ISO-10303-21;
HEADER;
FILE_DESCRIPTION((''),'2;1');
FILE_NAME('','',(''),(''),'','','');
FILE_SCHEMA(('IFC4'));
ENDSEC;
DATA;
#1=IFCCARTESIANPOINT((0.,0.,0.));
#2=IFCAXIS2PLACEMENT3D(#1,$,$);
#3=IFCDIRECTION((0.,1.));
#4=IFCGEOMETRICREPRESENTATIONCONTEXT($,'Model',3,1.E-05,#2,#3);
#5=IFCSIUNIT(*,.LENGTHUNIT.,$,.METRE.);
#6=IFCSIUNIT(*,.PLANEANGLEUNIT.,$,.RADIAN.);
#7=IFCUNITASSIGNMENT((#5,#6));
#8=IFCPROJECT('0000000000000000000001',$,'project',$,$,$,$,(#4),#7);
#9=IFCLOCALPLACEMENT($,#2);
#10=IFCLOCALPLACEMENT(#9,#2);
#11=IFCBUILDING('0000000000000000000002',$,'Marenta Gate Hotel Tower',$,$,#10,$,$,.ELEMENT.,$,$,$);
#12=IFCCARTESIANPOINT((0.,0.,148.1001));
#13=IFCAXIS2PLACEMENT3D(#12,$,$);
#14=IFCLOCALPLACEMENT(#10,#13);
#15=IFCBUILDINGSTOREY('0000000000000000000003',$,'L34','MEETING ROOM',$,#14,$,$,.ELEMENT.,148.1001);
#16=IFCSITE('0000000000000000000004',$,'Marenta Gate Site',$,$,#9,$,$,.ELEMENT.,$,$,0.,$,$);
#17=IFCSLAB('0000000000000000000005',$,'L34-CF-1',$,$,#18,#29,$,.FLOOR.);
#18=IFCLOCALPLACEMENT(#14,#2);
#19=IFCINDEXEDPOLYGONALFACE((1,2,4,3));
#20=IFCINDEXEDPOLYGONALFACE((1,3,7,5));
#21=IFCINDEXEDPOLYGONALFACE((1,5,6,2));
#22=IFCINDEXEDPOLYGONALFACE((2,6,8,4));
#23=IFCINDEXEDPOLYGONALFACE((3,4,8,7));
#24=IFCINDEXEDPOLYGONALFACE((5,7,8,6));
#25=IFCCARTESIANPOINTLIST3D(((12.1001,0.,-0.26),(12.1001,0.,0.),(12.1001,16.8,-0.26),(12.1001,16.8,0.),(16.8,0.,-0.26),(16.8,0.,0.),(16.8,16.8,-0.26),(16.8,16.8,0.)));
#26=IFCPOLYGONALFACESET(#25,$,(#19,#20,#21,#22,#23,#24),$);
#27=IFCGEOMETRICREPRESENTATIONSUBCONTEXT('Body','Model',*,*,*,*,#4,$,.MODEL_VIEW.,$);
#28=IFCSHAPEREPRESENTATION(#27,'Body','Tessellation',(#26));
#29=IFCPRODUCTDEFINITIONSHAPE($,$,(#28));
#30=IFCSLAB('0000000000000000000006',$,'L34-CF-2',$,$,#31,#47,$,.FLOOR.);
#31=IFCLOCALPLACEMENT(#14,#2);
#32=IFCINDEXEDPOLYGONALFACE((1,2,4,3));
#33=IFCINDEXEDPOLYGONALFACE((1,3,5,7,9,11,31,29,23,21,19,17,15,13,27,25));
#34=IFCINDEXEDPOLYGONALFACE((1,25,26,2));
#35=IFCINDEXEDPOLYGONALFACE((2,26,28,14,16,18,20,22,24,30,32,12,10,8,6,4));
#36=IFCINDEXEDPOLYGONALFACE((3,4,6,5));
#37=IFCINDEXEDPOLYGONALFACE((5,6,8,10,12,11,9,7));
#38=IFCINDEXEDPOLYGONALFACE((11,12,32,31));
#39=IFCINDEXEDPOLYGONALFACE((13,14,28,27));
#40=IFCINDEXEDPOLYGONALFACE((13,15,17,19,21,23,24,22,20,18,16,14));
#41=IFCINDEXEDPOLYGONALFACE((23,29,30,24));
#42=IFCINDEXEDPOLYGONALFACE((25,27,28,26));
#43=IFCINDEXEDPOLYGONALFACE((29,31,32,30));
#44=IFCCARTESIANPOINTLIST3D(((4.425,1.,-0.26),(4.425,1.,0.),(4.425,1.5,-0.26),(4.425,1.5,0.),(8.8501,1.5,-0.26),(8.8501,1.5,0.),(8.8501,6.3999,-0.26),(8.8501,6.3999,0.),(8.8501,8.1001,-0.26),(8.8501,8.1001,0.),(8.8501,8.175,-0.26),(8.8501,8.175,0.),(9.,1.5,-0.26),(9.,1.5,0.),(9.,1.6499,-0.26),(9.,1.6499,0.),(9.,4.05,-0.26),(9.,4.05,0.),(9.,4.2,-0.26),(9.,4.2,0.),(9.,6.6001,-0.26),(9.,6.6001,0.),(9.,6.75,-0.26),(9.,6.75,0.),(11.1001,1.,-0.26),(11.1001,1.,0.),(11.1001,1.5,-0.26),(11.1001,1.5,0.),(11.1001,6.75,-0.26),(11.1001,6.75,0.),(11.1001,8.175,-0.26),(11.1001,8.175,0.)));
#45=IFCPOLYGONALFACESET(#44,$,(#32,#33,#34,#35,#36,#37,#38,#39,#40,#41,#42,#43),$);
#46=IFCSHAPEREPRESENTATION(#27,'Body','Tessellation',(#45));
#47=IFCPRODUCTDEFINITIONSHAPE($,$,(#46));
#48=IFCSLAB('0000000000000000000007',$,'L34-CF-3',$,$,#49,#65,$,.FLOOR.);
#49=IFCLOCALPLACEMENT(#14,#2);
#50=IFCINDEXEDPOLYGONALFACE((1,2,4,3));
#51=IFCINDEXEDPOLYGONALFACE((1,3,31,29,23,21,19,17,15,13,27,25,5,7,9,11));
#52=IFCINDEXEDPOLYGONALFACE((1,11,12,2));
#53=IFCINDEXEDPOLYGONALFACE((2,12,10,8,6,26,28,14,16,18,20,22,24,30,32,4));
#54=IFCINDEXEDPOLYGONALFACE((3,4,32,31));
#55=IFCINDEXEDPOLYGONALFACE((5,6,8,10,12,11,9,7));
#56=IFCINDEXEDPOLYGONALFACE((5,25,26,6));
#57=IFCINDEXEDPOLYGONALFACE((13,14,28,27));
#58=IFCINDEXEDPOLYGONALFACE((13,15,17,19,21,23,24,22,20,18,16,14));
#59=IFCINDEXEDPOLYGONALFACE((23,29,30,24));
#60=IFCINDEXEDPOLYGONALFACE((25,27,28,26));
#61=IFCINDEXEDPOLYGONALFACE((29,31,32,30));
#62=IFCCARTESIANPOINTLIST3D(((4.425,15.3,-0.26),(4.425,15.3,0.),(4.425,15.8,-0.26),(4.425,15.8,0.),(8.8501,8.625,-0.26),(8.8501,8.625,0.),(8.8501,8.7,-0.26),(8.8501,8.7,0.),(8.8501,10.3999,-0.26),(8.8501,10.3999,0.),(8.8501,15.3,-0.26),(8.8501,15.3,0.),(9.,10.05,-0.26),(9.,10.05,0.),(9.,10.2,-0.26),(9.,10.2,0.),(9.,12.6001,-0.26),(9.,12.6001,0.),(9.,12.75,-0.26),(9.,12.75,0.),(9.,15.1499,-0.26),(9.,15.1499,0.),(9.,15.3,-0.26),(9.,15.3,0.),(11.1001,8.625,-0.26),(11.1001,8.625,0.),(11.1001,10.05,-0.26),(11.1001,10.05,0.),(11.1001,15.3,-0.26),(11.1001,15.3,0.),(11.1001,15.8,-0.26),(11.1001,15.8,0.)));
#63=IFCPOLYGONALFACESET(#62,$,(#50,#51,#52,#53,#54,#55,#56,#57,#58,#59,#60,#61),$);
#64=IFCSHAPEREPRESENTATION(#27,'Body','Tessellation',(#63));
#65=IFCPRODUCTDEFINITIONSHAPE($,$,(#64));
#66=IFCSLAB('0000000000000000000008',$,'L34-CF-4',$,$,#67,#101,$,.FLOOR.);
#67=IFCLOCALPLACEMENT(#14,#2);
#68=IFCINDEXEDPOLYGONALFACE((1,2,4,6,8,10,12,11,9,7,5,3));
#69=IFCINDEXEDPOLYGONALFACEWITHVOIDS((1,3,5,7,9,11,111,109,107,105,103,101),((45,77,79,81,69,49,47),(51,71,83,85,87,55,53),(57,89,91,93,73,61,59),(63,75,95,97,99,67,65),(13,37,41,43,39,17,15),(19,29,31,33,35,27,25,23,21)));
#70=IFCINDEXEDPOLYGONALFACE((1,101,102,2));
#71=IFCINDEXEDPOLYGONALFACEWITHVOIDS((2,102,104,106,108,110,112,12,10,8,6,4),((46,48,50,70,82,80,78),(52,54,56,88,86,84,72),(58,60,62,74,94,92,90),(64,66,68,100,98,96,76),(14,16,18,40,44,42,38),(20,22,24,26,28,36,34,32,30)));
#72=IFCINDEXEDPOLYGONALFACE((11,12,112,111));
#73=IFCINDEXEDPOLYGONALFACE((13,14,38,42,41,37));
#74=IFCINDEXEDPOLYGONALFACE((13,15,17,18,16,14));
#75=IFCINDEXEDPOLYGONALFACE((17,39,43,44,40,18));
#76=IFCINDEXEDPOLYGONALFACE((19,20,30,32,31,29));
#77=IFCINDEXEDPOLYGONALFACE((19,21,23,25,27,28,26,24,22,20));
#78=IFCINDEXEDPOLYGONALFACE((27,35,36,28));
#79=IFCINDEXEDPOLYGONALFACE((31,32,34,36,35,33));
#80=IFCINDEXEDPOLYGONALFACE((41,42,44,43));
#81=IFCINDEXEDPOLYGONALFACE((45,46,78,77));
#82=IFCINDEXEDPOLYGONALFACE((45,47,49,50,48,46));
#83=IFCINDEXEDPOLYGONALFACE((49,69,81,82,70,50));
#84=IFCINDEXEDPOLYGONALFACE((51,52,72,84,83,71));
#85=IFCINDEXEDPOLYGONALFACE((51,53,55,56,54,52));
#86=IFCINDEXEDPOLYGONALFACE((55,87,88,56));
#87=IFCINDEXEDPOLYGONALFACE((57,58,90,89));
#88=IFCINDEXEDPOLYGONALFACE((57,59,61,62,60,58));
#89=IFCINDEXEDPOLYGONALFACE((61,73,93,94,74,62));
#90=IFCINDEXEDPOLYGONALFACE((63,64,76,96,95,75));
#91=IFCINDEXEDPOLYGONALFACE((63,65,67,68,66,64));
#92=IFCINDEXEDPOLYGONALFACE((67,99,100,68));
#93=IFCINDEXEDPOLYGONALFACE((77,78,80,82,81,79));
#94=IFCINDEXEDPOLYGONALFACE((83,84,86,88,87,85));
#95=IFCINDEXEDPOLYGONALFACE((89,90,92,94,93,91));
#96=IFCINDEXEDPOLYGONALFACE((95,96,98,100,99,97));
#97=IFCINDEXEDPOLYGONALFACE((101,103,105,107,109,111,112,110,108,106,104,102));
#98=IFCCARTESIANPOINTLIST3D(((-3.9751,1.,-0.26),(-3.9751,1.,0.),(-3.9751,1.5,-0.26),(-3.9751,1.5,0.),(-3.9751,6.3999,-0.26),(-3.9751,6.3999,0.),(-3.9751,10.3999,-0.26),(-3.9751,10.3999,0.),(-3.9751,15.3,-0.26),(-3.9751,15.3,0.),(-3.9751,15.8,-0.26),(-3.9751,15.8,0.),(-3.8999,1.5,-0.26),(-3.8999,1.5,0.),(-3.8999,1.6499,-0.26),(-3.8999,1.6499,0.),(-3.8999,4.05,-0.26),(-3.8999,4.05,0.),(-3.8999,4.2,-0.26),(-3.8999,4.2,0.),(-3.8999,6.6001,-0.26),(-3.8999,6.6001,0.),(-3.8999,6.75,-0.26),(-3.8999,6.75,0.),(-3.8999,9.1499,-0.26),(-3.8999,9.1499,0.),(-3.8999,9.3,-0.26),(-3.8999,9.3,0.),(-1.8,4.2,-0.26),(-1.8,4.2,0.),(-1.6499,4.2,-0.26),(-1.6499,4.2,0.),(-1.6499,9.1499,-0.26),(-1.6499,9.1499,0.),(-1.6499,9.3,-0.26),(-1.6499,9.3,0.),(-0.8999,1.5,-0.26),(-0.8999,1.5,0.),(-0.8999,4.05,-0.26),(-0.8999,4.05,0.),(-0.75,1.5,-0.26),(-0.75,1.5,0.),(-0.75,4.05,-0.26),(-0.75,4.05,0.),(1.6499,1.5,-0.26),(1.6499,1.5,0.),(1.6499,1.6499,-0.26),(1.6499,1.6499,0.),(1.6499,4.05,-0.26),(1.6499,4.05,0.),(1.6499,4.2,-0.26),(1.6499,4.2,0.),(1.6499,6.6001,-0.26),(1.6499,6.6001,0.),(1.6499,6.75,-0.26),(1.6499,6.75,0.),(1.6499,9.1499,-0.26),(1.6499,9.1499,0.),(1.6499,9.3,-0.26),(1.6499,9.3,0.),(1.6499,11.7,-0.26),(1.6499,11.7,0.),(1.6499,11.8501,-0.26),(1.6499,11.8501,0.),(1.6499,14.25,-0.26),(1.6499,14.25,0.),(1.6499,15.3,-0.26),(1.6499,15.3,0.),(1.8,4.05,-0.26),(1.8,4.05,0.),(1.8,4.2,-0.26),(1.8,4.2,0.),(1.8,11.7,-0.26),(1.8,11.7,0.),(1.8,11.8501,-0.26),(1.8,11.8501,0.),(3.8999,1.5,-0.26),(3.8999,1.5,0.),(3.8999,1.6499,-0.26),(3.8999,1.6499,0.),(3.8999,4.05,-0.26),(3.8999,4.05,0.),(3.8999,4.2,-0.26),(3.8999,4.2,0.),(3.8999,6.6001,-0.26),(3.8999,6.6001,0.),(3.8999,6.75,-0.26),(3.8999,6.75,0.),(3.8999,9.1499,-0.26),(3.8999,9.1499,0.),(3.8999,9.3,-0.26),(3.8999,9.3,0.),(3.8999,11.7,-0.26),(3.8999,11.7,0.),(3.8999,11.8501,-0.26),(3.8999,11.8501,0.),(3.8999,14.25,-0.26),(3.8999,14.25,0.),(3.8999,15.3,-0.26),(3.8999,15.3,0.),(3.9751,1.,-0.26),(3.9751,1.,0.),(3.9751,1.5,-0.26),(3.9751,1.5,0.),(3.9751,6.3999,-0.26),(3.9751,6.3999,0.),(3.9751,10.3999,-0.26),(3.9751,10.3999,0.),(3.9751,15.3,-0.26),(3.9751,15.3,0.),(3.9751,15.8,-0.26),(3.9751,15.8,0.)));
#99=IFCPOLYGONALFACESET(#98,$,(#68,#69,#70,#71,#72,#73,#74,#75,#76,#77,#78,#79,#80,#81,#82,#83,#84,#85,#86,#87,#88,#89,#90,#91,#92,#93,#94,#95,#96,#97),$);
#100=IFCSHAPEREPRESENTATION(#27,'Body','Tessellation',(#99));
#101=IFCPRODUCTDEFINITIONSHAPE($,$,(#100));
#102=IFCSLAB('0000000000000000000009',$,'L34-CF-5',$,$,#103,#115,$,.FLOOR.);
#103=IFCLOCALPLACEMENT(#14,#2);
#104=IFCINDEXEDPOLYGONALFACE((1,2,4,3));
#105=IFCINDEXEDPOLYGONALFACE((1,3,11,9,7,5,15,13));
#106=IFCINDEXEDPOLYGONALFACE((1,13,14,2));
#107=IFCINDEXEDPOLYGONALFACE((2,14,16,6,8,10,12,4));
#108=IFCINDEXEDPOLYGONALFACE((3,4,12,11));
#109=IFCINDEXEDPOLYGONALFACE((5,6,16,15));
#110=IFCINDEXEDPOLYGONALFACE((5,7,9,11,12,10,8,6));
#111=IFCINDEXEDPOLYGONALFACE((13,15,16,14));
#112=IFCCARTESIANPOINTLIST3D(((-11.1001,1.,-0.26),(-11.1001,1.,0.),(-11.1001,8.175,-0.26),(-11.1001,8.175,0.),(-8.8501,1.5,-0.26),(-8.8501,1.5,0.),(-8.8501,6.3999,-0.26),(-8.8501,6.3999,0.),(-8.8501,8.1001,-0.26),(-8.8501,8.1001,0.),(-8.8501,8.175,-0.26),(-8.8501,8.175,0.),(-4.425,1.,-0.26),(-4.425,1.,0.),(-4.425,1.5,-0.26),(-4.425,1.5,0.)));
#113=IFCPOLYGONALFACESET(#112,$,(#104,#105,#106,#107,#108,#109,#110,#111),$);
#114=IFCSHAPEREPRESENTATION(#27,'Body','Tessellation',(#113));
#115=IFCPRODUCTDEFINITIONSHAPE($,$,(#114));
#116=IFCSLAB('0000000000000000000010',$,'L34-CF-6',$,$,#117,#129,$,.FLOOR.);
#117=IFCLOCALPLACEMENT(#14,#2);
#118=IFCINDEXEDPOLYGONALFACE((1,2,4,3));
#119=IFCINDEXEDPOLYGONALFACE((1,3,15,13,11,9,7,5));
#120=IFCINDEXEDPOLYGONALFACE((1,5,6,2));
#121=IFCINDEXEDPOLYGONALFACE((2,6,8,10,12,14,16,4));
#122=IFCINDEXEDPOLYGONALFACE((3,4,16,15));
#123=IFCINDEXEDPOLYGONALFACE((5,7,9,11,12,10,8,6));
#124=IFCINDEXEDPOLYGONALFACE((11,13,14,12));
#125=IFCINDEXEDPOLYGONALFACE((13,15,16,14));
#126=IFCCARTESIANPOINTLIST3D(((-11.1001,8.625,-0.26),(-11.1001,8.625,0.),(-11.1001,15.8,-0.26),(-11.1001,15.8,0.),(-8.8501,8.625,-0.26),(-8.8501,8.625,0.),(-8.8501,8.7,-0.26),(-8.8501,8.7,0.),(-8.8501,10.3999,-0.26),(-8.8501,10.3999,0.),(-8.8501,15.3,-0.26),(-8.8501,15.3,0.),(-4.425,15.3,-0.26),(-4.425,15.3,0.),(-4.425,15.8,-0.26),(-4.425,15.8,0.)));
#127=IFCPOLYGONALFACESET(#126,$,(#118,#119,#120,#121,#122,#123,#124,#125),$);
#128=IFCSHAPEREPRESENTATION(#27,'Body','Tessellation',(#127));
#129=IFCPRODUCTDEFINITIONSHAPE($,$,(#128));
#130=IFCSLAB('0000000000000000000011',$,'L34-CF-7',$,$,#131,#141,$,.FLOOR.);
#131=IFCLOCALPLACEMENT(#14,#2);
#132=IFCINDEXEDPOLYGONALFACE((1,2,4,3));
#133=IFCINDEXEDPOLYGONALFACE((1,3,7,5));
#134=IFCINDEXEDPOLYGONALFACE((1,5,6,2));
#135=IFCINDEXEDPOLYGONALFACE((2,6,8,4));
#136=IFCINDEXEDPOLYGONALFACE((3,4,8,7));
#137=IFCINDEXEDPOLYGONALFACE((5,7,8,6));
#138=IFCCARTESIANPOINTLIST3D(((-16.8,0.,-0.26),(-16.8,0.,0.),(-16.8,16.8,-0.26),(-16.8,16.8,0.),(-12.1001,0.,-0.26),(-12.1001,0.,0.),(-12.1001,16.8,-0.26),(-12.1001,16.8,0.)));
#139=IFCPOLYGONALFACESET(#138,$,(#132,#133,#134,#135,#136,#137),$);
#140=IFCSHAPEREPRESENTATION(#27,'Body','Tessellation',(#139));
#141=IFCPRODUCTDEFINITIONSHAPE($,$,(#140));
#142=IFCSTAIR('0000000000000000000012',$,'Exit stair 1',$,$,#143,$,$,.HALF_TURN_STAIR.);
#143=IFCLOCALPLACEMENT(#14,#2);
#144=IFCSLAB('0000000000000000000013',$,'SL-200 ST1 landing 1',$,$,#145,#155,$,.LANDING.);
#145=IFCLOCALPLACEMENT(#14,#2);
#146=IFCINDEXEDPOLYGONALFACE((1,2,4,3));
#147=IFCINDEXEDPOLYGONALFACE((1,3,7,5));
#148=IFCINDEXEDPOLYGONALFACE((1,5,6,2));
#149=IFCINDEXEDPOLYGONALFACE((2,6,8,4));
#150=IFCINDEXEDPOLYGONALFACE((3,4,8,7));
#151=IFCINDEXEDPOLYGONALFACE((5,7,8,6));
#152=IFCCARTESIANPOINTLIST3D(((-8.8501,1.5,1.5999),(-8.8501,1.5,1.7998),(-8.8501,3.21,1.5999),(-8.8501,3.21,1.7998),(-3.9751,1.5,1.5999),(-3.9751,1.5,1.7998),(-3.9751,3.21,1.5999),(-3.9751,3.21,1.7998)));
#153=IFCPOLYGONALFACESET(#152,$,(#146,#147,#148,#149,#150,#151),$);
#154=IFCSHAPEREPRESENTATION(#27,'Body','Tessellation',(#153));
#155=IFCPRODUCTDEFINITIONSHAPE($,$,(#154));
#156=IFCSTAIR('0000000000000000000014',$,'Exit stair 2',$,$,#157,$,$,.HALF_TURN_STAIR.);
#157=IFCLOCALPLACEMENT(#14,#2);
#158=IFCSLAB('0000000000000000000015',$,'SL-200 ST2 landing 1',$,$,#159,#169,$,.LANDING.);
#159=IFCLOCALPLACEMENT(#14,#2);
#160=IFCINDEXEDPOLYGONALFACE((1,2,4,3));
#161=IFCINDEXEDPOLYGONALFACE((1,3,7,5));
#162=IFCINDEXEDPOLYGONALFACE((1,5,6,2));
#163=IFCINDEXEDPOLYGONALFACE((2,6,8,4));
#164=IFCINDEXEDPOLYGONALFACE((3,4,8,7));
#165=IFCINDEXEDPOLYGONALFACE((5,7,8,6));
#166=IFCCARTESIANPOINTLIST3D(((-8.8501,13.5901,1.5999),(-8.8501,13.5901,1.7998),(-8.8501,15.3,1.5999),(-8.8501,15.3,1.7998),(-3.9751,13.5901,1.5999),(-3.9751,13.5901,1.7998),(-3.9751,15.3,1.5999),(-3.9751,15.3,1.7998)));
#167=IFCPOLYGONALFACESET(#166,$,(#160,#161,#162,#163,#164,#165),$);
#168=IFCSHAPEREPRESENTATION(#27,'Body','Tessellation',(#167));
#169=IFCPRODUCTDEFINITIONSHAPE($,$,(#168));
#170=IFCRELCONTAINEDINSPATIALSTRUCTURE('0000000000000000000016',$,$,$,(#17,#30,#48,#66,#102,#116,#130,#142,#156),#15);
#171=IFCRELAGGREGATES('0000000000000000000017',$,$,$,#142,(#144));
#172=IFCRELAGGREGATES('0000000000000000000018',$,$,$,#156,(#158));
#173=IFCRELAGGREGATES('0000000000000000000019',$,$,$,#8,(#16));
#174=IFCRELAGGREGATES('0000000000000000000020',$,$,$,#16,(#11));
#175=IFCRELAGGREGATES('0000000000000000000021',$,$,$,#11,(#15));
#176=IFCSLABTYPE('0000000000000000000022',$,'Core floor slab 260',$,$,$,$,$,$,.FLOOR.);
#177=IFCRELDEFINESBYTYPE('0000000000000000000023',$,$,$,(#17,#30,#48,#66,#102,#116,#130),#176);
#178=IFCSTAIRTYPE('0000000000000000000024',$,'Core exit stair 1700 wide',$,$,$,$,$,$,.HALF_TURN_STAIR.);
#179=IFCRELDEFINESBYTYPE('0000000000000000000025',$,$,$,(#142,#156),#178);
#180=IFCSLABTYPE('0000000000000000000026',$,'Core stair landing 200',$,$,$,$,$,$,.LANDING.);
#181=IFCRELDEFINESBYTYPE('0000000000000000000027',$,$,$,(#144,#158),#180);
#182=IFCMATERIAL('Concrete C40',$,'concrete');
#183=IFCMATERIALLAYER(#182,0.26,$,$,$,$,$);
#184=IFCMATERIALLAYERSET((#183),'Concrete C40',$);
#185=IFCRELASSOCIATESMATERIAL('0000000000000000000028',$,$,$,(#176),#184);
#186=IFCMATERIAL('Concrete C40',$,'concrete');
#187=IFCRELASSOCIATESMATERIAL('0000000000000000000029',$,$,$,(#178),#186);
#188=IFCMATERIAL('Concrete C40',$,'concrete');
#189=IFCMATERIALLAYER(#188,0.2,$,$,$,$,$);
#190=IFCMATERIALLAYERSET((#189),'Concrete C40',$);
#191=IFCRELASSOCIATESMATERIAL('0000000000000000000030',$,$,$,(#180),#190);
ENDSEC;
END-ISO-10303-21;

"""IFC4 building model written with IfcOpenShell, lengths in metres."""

from ifc_helpers import new_model, si_unit, direction, frame, origin, place, context, subcontext, project, spatial, polyline, outline, extrude, material, layer, layer_set, type_object, element, aggregate, save


model = new_model("IFC4")

# Units and contexts
model_context = context("Model", 3, precision=1e-05, world=origin(), true_north=direction((0.0, 1.0)))
body_context = subcontext(model_context, "Body", "Model", "MODEL_VIEW")
ifc_project = project(units=[si_unit("LENGTHUNIT", "METRE"), si_unit("PLANEANGLEUNIT", "RADIAN")], contexts=[model_context])

# Site, building, storey
site_placement = place(None, origin())
site = spatial("IfcSite", under=ifc_project, at=site_placement, Name="Marenta Gate Site", CompositionType="ELEMENT", RefElevation=0.0)
building_placement = place(site_placement, origin())
building = spatial("IfcBuilding", under=site, at=building_placement, Name="Marenta Gate Hotel Tower", CompositionType="ELEMENT")
storey_placement = place(building_placement, frame((0.0, 0.0, 148.1001)))
storey = spatial("IfcBuildingStorey", under=building, at=storey_placement, Name="L34", Description="MEETING ROOM", CompositionType="ELEMENT", Elevation=148.1001)

# Slabs
ifc_material_1 = material(Name="Concrete C40", Category="concrete")
ifc_layer_1 = layer(ifc_material_1, 0.26)
ifc_layer_set_1 = layer_set([ifc_layer_1], Name="Concrete C40")
slab_type_1 = type_object("IfcSlabType", Name="Core floor slab 260", PredefinedType="FLOOR", material=ifc_layer_set_1)
slab_1_placement = place(storey_placement, frame((0.0, 0.0, -0.26)))
element("IfcSlab", 1, at=slab_1_placement, inside=storey, type_object=slab_type_1, Name="L34-CF-1", PredefinedType="FLOOR", context=body_context, shape_type="SweptSolid", body=[
    extrude(outline(polyline([(12.1001, 0.0), (12.1001, 16.8), (16.8, 16.8), (16.8, 0.0), (12.1001, 0.0)])), origin(), (0.0, 0.0, 1.0), 0.26),
])
slab_2_placement = place(storey_placement, frame((0.0, 0.0, -0.26)))
element("IfcSlab", 2, at=slab_2_placement, inside=storey, type_object=slab_type_1, Name="L34-CF-2", PredefinedType="FLOOR", context=body_context, shape_type="SweptSolid", body=[
    extrude(outline(polyline([(8.8501, 1.5), (8.8501, 6.3999), (8.8501, 8.1001), (8.8501, 8.175), (11.1001, 8.175), (11.1001, 6.75), (9.0, 6.75), (9.0, 6.6001), (9.0, 4.2), (9.0, 4.05), (9.0, 1.6499), (9.0, 1.5), (11.1001, 1.5), (11.1001, 1.0), (4.425, 1.0), (4.425, 1.5), (8.8501, 1.5)])), origin(), (0.0, 0.0, 1.0), 0.26),
])
slab_3_placement = place(storey_placement, frame((0.0, 0.0, -0.26)))
element("IfcSlab", 3, at=slab_3_placement, inside=storey, type_object=slab_type_1, Name="L34-CF-3", PredefinedType="FLOOR", context=body_context, shape_type="SweptSolid", body=[
    extrude(outline(polyline([(8.8501, 15.3), (4.425, 15.3), (4.425, 15.8), (11.1001, 15.8), (11.1001, 15.3), (9.0, 15.3), (9.0, 15.1499), (9.0, 12.75), (9.0, 12.6001), (9.0, 10.2), (9.0, 10.05), (11.1001, 10.05), (11.1001, 8.625), (8.8501, 8.625), (8.8501, 8.7), (8.8501, 10.3999), (8.8501, 15.3)])), origin(), (0.0, 0.0, 1.0), 0.26),
])
slab_4_placement = place(storey_placement, frame((0.0, 0.0, -0.26)))
element("IfcSlab", 4, at=slab_4_placement, inside=storey, type_object=slab_type_1, Name="L34-CF-4", PredefinedType="FLOOR", context=body_context, shape_type="SweptSolid", body=[
    extrude(outline(polyline([(3.9751, 15.3), (3.9751, 10.3999), (3.9751, 6.3999), (3.9751, 1.5), (3.9751, 1.0), (-3.9751, 1.0), (-3.9751, 1.5), (-3.9751, 6.3999), (-3.9751, 10.3999), (-3.9751, 15.3), (-3.9751, 15.8), (3.9751, 15.8), (3.9751, 15.3)]), holes=[polyline([(1.6499, 1.5), (3.8999, 1.5), (3.8999, 1.6499), (3.8999, 4.05), (1.8, 4.05), (1.6499, 4.05), (1.6499, 1.6499), (1.6499, 1.5)]), polyline([(1.6499, 6.6001), (1.6499, 4.2), (1.8, 4.2), (3.8999, 4.2), (3.8999, 6.6001), (3.8999, 6.75), (1.6499, 6.75), (1.6499, 6.6001)]), polyline([(1.6499, 9.1499), (3.8999, 9.1499), (3.8999, 9.3), (3.8999, 11.7), (1.8, 11.7), (1.6499, 11.7), (1.6499, 9.3), (1.6499, 9.1499)]), polyline([(1.6499, 15.3), (1.6499, 14.25), (1.6499, 11.8501), (1.8, 11.8501), (3.8999, 11.8501), (3.8999, 14.25), (3.8999, 15.3), (1.6499, 15.3)]), polyline([(-3.8999, 4.05), (-3.8999, 1.6499), (-3.8999, 1.5), (-0.8999, 1.5), (-0.75, 1.5), (-0.75, 4.05), (-0.8999, 4.05), (-3.8999, 4.05)]), polyline([(-1.8, 4.2), (-1.6499, 4.2), (-1.6499, 9.1499), (-1.6499, 9.3), (-3.8999, 9.3), (-3.8999, 9.1499), (-3.8999, 6.75), (-3.8999, 6.6001), (-3.8999, 4.2), (-1.8, 4.2)])]), origin(), (0.0, 0.0, 1.0), 0.26),
])
slab_5_placement = place(storey_placement, frame((0.0, 0.0, -0.26)))
element("IfcSlab", 5, at=slab_5_placement, inside=storey, type_object=slab_type_1, Name="L34-CF-5", PredefinedType="FLOOR", context=body_context, shape_type="SweptSolid", body=[
    extrude(outline(polyline([(-8.8501, 8.175), (-8.8501, 8.1001), (-8.8501, 6.3999), (-8.8501, 1.5), (-4.425, 1.5), (-4.425, 1.0), (-11.1001, 1.0), (-11.1001, 8.175), (-8.8501, 8.175)])), origin(), (0.0, 0.0, 1.0), 0.26),
])
slab_6_placement = place(storey_placement, frame((0.0, 0.0, -0.26)))
element("IfcSlab", 6, at=slab_6_placement, inside=storey, type_object=slab_type_1, Name="L34-CF-6", PredefinedType="FLOOR", context=body_context, shape_type="SweptSolid", body=[
    extrude(outline(polyline([(-4.425, 15.3), (-8.8501, 15.3), (-8.8501, 10.3999), (-8.8501, 8.7), (-8.8501, 8.625), (-11.1001, 8.625), (-11.1001, 15.8), (-4.425, 15.8), (-4.425, 15.3)])), origin(), (0.0, 0.0, 1.0), 0.26),
])
slab_7_placement = place(storey_placement, frame((0.0, 0.0, -0.26)))
element("IfcSlab", 7, at=slab_7_placement, inside=storey, type_object=slab_type_1, Name="L34-CF-7", PredefinedType="FLOOR", context=body_context, shape_type="SweptSolid", body=[
    extrude(outline(polyline([(-12.1001, 16.8), (-12.1001, 0.0), (-16.8, 0.0), (-16.8, 16.8), (-12.1001, 16.8)])), origin(), (0.0, 0.0, 1.0), 0.26),
])

# Stairs, slabs
ifc_material_2 = material(Name="Concrete C40", Category="concrete")
stair_type_1 = type_object("IfcStairType", Name="Core exit stair 1700 wide", PredefinedType="HALF_TURN_STAIR", material=ifc_material_2)
stair_1_placement = place(storey_placement, origin())
stair_1 = element("IfcStair", 8, at=stair_1_placement, inside=storey, type_object=stair_type_1, Name="Exit stair 1", PredefinedType="HALF_TURN_STAIR")
ifc_material_3 = material(Name="Concrete C40", Category="concrete")
ifc_layer_2 = layer(ifc_material_3, 0.2)
ifc_layer_set_2 = layer_set([ifc_layer_2], Name="Concrete C40")
slab_type_2 = type_object("IfcSlabType", Name="Core stair landing 200", PredefinedType="LANDING", material=ifc_layer_set_2)
slab_8_placement = place(storey_placement, frame((0.0, 0.0, 1.5999)))
slab_8 = element("IfcSlab", 9, at=slab_8_placement, type_object=slab_type_2, Name="SL-200 ST1 landing 1", PredefinedType="LANDING", context=body_context, shape_type="SweptSolid", body=[
    extrude(outline(polyline([(-8.8501, 1.5), (-3.9751, 1.5), (-3.9751, 3.21), (-8.8501, 3.21), (-8.8501, 1.5)])), origin(), (0.0, 0.0, 1.0), 0.2),
])
aggregate(stair_1, [slab_8])
stair_2_placement = place(storey_placement, origin())
stair_2 = element("IfcStair", 10, at=stair_2_placement, inside=storey, type_object=stair_type_1, Name="Exit stair 2", PredefinedType="HALF_TURN_STAIR")
slab_9_placement = place(storey_placement, frame((0.0, 0.0, 1.5999)))
slab_9 = element("IfcSlab", 11, at=slab_9_placement, type_object=slab_type_2, Name="SL-200 ST2 landing 1", PredefinedType="LANDING", context=body_context, shape_type="SweptSolid", body=[
    extrude(outline(polyline([(-8.8501, 13.5901), (-3.9751, 13.5901), (-3.9751, 15.3), (-8.8501, 15.3), (-8.8501, 13.5901)])), origin(), (0.0, 0.0, 1.0), 0.2),
])
aggregate(stair_2, [slab_9])

save(model, "model.ifc")
